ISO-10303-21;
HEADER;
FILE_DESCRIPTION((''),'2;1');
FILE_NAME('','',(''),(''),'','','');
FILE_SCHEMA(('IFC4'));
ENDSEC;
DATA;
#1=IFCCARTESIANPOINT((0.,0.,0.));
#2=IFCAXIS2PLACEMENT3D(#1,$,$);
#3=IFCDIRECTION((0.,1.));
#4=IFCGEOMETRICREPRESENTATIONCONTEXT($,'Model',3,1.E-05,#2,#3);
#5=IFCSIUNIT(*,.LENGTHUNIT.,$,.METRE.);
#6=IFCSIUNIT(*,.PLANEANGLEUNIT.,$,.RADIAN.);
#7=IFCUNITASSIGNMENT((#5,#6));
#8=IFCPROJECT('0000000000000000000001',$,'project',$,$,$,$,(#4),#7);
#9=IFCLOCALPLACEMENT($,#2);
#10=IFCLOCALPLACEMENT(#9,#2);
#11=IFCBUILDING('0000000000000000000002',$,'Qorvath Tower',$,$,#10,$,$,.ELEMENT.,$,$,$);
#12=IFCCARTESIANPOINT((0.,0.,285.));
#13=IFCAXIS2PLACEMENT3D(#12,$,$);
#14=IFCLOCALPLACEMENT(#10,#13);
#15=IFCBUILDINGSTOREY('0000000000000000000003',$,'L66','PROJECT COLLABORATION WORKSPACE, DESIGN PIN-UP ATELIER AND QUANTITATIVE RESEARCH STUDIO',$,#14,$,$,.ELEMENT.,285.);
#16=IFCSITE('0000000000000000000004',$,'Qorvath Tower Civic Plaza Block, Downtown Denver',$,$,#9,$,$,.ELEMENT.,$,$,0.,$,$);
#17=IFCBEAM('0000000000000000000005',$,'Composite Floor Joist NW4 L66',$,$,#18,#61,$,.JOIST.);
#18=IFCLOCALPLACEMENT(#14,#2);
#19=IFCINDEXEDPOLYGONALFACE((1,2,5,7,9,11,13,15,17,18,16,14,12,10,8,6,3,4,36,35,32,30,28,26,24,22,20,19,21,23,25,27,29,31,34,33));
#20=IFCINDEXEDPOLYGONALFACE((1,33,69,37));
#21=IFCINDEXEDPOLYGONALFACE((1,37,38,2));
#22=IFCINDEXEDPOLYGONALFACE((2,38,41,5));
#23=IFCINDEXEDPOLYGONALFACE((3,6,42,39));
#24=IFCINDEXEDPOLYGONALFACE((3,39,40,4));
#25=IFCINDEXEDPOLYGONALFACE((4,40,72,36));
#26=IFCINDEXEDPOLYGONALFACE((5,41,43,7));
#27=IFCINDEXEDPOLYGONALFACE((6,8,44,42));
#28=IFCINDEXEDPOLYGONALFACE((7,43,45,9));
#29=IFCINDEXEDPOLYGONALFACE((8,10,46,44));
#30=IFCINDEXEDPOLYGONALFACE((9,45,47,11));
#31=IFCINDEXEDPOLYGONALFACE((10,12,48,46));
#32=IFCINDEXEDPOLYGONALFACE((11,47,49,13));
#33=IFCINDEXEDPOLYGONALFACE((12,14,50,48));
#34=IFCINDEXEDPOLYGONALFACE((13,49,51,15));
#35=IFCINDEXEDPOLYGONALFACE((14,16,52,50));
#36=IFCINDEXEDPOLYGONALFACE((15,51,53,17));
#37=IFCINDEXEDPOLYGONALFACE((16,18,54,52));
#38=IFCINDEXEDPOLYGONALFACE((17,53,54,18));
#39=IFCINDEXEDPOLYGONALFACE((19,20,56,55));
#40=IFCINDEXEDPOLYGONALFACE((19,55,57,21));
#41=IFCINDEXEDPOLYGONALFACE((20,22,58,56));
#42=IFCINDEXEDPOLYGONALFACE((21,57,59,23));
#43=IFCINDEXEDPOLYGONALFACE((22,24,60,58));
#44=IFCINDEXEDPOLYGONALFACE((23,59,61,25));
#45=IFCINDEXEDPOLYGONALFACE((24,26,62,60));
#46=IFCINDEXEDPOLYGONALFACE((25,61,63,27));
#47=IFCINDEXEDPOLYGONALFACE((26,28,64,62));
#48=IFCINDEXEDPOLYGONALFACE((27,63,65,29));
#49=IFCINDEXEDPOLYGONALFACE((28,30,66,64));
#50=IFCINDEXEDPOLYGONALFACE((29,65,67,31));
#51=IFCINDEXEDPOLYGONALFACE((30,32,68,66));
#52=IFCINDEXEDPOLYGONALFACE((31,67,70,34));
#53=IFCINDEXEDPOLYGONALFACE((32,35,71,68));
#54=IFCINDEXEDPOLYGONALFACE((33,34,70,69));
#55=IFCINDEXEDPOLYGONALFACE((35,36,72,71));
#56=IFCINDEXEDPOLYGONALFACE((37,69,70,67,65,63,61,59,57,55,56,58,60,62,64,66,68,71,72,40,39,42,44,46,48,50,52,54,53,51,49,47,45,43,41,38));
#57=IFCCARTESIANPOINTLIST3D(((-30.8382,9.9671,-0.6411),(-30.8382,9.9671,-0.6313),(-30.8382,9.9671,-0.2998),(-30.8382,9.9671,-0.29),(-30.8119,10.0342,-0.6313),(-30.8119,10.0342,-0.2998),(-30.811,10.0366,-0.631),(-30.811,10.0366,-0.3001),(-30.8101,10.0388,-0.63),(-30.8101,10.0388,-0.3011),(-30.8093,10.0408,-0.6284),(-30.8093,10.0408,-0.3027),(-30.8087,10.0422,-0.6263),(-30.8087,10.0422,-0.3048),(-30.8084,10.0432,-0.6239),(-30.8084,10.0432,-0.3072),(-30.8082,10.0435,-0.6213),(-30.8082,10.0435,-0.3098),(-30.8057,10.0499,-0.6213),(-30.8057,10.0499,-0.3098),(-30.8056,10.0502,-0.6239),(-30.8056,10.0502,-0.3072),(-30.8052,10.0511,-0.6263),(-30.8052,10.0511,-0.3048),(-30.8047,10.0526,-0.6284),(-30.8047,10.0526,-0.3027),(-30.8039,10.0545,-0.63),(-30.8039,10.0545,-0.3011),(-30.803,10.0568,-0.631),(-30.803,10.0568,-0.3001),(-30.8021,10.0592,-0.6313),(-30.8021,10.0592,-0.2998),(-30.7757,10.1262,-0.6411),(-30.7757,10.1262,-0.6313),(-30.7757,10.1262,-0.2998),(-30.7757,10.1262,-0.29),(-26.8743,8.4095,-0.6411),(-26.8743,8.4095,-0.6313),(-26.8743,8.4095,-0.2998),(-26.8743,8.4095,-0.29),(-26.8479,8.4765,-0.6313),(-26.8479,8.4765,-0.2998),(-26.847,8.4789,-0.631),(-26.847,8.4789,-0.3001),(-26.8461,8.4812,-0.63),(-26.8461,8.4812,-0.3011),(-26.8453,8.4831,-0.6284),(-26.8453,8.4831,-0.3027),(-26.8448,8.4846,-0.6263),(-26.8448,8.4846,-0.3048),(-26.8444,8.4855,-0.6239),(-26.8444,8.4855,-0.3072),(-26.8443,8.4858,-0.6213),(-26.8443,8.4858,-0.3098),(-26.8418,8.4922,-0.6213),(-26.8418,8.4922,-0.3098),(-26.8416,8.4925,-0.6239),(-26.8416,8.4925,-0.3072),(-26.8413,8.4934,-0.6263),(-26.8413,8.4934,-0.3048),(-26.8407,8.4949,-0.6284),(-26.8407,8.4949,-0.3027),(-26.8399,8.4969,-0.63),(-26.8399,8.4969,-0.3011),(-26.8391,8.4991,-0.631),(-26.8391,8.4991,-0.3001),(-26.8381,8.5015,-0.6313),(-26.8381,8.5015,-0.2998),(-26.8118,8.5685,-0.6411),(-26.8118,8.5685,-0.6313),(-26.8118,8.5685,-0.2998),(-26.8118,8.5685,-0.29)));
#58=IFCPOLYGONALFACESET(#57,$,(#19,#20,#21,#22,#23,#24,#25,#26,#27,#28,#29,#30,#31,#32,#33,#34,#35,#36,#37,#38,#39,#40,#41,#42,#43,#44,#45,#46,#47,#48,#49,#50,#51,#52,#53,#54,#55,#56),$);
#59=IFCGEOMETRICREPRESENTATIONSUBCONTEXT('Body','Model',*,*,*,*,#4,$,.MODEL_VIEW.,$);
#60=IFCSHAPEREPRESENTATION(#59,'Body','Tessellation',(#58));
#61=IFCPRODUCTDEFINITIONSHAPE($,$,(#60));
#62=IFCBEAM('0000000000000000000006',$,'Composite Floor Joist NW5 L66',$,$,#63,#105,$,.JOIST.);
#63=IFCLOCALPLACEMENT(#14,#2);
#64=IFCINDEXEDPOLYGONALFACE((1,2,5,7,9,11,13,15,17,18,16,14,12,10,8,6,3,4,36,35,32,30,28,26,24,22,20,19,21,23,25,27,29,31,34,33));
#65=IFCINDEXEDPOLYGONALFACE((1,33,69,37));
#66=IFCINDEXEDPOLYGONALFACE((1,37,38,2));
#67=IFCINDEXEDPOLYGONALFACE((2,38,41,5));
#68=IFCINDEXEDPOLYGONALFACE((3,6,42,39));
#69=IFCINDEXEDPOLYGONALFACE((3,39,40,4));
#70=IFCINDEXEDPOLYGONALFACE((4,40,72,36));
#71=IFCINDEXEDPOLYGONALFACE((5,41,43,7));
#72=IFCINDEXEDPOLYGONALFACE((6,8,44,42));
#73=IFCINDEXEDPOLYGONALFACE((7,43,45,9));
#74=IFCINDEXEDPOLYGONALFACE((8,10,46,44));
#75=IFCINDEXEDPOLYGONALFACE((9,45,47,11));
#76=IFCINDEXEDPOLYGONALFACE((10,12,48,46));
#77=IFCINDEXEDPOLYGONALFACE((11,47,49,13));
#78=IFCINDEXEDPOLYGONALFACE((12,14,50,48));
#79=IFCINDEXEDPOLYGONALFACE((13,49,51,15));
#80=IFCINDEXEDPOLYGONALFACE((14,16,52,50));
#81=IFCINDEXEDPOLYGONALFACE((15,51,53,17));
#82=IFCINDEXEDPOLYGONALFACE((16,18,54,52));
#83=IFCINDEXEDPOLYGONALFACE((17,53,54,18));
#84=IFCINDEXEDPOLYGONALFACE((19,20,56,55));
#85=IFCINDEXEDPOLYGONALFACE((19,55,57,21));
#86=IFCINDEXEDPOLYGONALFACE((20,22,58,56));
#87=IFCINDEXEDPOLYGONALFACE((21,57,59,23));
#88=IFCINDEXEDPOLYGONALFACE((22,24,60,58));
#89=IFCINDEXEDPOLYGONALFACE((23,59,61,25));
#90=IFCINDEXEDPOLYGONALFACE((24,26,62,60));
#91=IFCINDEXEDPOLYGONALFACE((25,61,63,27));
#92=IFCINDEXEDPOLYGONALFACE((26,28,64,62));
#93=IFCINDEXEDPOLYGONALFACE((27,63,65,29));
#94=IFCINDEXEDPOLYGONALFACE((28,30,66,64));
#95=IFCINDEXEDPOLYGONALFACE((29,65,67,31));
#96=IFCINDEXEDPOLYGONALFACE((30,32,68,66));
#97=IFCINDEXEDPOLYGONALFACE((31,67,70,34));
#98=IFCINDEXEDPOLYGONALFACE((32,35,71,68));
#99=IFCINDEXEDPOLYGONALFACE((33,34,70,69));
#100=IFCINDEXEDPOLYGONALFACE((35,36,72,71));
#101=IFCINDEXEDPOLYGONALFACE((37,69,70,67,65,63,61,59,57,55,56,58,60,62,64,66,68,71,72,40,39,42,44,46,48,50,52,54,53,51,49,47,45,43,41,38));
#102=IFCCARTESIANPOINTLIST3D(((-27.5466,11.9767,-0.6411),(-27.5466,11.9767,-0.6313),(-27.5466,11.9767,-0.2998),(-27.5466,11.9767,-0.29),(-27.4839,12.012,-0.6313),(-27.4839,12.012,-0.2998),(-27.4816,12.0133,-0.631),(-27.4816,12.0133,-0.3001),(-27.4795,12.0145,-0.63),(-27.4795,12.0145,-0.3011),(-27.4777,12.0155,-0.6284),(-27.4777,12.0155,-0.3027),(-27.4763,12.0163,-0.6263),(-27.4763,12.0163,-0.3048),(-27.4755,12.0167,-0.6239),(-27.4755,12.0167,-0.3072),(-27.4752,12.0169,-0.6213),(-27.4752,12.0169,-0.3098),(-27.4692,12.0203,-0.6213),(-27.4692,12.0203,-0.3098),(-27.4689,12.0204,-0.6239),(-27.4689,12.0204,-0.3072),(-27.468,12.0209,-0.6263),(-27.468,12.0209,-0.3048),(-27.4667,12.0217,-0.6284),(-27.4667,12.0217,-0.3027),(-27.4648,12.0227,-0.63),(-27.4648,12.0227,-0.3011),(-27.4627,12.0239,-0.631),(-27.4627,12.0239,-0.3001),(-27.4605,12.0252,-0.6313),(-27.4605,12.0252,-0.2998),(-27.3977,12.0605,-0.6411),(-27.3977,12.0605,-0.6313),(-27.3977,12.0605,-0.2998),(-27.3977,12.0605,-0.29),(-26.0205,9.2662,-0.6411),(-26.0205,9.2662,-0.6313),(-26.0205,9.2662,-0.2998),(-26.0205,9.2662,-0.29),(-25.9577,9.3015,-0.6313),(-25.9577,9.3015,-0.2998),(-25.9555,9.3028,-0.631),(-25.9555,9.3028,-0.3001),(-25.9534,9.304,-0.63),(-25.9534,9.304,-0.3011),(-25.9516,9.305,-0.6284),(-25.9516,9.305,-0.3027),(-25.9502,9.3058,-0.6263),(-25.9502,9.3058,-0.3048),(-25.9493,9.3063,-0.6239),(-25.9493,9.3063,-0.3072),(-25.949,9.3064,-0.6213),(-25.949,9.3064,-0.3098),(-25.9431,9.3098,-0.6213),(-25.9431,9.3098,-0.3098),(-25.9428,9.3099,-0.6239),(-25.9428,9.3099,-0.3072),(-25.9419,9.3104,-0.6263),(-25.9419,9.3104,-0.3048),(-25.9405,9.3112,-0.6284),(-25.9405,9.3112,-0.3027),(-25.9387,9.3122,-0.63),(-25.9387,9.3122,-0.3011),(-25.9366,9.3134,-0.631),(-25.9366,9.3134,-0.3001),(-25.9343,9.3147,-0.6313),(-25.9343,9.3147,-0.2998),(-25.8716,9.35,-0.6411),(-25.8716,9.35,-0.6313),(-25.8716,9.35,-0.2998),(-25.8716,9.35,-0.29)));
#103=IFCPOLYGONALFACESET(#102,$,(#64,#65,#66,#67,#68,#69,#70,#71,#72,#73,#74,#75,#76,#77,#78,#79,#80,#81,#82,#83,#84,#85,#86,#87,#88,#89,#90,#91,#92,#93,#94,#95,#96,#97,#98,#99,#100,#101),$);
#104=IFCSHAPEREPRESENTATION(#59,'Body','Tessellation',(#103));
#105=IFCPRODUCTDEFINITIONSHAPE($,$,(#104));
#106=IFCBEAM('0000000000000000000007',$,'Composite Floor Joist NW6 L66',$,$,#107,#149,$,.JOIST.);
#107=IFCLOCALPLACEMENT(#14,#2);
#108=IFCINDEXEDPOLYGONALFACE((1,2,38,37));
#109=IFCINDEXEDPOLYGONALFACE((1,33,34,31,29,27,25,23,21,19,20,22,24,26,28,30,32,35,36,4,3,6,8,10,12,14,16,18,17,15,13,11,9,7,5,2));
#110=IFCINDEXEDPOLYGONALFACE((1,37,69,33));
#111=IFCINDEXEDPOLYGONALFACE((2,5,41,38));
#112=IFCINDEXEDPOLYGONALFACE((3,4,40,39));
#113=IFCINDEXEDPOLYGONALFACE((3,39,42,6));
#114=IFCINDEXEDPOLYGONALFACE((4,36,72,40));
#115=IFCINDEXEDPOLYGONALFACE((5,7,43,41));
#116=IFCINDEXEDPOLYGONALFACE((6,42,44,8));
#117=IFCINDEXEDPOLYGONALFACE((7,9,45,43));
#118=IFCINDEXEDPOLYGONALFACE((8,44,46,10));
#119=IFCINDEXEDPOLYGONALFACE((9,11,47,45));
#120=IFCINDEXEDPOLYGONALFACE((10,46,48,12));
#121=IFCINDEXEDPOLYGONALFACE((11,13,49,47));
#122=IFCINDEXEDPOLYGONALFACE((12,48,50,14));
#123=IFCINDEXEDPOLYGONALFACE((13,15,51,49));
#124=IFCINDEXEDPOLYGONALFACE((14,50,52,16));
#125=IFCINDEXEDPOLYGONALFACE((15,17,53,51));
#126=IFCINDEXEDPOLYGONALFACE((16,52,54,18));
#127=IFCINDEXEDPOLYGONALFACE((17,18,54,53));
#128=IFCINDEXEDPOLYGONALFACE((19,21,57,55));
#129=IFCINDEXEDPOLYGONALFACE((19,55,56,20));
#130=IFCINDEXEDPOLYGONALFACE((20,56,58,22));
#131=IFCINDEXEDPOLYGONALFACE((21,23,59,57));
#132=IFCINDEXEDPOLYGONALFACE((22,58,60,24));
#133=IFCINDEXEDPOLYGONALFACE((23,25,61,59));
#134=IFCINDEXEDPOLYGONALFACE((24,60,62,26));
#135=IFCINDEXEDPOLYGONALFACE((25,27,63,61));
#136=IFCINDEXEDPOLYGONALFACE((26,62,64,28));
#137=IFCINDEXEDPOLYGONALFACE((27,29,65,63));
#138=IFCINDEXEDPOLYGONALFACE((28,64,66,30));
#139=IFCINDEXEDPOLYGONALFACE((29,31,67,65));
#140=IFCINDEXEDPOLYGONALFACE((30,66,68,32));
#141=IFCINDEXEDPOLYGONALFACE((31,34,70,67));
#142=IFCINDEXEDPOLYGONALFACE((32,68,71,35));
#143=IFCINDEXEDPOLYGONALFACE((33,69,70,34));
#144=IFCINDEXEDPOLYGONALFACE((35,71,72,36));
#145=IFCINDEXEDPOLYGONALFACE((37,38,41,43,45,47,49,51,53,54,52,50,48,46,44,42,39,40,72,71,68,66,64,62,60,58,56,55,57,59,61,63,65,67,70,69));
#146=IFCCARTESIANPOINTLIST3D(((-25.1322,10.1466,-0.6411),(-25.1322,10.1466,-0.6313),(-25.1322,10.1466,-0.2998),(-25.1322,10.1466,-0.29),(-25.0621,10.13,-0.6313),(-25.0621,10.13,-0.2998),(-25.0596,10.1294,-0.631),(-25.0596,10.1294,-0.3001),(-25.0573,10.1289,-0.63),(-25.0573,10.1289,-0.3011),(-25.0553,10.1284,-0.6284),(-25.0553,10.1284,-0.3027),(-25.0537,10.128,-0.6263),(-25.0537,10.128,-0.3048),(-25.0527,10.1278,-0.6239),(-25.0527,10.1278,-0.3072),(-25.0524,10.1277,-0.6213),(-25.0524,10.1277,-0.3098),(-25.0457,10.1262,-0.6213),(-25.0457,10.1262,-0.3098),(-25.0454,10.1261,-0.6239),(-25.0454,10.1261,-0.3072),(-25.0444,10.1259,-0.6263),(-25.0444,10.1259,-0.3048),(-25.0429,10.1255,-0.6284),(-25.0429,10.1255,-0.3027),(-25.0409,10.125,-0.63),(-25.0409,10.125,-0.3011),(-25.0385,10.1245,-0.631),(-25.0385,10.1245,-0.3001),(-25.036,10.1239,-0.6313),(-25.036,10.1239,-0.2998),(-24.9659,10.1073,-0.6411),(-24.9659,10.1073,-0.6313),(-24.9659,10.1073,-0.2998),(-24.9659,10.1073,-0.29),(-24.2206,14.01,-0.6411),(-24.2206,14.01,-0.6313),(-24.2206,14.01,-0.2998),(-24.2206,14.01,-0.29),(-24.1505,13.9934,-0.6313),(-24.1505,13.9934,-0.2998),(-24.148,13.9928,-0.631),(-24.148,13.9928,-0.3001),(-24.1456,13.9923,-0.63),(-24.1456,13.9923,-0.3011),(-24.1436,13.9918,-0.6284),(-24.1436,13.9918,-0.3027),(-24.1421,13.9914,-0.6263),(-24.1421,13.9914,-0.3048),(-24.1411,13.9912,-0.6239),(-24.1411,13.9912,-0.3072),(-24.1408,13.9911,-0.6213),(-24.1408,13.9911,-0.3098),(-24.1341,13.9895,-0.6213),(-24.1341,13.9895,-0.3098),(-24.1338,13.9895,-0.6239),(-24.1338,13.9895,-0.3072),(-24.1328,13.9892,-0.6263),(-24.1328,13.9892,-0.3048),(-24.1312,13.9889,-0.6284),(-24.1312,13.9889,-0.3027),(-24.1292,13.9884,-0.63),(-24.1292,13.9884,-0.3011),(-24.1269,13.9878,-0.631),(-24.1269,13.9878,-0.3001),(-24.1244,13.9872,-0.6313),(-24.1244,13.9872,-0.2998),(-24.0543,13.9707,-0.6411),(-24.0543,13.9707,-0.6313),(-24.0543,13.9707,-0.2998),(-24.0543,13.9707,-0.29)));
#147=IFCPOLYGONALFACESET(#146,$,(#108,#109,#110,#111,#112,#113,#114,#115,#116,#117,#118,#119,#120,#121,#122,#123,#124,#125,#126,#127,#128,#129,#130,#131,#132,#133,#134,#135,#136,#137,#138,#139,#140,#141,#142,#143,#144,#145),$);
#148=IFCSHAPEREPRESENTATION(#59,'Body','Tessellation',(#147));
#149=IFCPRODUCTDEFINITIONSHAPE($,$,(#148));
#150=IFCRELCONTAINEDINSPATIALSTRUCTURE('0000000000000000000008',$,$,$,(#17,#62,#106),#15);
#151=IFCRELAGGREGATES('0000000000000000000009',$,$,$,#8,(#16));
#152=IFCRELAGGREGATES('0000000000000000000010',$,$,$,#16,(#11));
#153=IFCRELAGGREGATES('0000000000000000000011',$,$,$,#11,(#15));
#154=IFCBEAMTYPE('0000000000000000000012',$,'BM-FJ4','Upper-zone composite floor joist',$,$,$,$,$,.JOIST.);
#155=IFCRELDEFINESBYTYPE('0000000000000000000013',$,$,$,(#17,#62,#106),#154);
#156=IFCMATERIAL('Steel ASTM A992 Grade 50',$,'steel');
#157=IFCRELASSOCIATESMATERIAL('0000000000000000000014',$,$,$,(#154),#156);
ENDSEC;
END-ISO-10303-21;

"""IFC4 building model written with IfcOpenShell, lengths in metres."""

from ifc_helpers import new_model, si_unit, direction, frame, origin, origin_2d, place, context, subcontext, project, spatial, i_section, extrude, material, material_profile, profile_set, type_object, element, save


model = new_model("IFC4")

# Units and contexts
model_context = context("Model", 3, precision=1e-05, world=origin(), true_north=direction((0.0, 1.0)))
body_context = subcontext(model_context, "Body", "Model", "MODEL_VIEW")
ifc_project = project(units=[si_unit("LENGTHUNIT", "METRE"), si_unit("PLANEANGLEUNIT", "RADIAN")], contexts=[model_context])

# Site, building, storey
site_placement = place(None, origin())
site = spatial("IfcSite", under=ifc_project, at=site_placement, Name="Qorvath Tower Civic Plaza Block, Downtown Denver", CompositionType="ELEMENT", RefElevation=0.0)
building_placement = place(site_placement, origin())
building = spatial("IfcBuilding", under=site, at=building_placement, Name="Qorvath Tower", CompositionType="ELEMENT")
storey_placement = place(building_placement, frame((0.0, 0.0, 285.0)))
storey = spatial("IfcBuildingStorey", under=building, at=storey_placement, Name="L66", Description="PROJECT COLLABORATION WORKSPACE, DESIGN PIN-UP ATELIER AND QUANTITATIVE RESEARCH STUDIO", CompositionType="ELEMENT", Elevation=285.0)

# Beams
ifc_material_1 = material(Name="Steel ASTM A992 Grade 50", Category="steel")
ifc_material_profile_1 = material_profile(ifc_material_1, i_section(OverallWidth=0.1709, OverallDepth=0.3511, WebThickness=0.0068, FlangeThickness=0.0098, FilletRadius=0.01, at=origin_2d()), Name="W14x30")
ifc_profile_set_1 = profile_set([ifc_material_profile_1], Name="Steel ASTM A992 Grade 50")
beam_type_1 = type_object("IfcBeamType", Name="BM-FJ4", Description="Upper-zone composite floor joist", PredefinedType="JOIST", material=ifc_profile_set_1)
beam_1_placement = place(storey_placement, frame((-26.843, 8.489, -0.4656), z_axis=(-0.930721, 0.36573, 0.0), x_axis=(-0.36573, -0.930721, 0.0)))
element("IfcBeam", 1, at=beam_1_placement, inside=storey, type_object=beam_type_1, Name="Composite Floor Joist NW4 L66", PredefinedType="JOIST", context=body_context, shape_type="SweptSolid", body=[
    extrude(i_section(OverallWidth=0.1709, OverallDepth=0.3511, WebThickness=0.0068, FlangeThickness=0.0098, FilletRadius=0.01, at=origin_2d()), origin(), (0.0, 0.0, 1.0), 4.259),
])
beam_2_placement = place(storey_placement, frame((-25.946, 9.3081, -0.4656), z_axis=(-0.490626, 0.87137, 0.0), x_axis=(-0.87137, -0.490626, 0.0)))
element("IfcBeam", 2, at=beam_2_placement, inside=storey, type_object=beam_type_1, Name="Composite Floor Joist NW5 L66", PredefinedType="JOIST", context=body_context, shape_type="SweptSolid", body=[
    extrude(i_section(OverallWidth=0.1709, OverallDepth=0.3511, WebThickness=0.0068, FlangeThickness=0.0098, FilletRadius=0.01, at=origin_2d()), origin(), (0.0, 0.0, 1.0), 3.1106),
])
beam_3_placement = place(storey_placement, frame((-25.0491, 10.127, -0.4656), z_axis=(0.229663, 0.97327, 0.0), x_axis=(-0.97327, 0.229663, 0.0)))
element("IfcBeam", 3, at=beam_3_placement, inside=storey, type_object=beam_type_1, Name="Composite Floor Joist NW6 L66", PredefinedType="JOIST", context=body_context, shape_type="SweptSolid", body=[
    extrude(i_section(OverallWidth=0.1709, OverallDepth=0.3511, WebThickness=0.0068, FlangeThickness=0.0098, FilletRadius=0.01, at=origin_2d()), origin(), (0.0, 0.0, 1.0), 3.9695),
])

save(model, "model.ifc")
